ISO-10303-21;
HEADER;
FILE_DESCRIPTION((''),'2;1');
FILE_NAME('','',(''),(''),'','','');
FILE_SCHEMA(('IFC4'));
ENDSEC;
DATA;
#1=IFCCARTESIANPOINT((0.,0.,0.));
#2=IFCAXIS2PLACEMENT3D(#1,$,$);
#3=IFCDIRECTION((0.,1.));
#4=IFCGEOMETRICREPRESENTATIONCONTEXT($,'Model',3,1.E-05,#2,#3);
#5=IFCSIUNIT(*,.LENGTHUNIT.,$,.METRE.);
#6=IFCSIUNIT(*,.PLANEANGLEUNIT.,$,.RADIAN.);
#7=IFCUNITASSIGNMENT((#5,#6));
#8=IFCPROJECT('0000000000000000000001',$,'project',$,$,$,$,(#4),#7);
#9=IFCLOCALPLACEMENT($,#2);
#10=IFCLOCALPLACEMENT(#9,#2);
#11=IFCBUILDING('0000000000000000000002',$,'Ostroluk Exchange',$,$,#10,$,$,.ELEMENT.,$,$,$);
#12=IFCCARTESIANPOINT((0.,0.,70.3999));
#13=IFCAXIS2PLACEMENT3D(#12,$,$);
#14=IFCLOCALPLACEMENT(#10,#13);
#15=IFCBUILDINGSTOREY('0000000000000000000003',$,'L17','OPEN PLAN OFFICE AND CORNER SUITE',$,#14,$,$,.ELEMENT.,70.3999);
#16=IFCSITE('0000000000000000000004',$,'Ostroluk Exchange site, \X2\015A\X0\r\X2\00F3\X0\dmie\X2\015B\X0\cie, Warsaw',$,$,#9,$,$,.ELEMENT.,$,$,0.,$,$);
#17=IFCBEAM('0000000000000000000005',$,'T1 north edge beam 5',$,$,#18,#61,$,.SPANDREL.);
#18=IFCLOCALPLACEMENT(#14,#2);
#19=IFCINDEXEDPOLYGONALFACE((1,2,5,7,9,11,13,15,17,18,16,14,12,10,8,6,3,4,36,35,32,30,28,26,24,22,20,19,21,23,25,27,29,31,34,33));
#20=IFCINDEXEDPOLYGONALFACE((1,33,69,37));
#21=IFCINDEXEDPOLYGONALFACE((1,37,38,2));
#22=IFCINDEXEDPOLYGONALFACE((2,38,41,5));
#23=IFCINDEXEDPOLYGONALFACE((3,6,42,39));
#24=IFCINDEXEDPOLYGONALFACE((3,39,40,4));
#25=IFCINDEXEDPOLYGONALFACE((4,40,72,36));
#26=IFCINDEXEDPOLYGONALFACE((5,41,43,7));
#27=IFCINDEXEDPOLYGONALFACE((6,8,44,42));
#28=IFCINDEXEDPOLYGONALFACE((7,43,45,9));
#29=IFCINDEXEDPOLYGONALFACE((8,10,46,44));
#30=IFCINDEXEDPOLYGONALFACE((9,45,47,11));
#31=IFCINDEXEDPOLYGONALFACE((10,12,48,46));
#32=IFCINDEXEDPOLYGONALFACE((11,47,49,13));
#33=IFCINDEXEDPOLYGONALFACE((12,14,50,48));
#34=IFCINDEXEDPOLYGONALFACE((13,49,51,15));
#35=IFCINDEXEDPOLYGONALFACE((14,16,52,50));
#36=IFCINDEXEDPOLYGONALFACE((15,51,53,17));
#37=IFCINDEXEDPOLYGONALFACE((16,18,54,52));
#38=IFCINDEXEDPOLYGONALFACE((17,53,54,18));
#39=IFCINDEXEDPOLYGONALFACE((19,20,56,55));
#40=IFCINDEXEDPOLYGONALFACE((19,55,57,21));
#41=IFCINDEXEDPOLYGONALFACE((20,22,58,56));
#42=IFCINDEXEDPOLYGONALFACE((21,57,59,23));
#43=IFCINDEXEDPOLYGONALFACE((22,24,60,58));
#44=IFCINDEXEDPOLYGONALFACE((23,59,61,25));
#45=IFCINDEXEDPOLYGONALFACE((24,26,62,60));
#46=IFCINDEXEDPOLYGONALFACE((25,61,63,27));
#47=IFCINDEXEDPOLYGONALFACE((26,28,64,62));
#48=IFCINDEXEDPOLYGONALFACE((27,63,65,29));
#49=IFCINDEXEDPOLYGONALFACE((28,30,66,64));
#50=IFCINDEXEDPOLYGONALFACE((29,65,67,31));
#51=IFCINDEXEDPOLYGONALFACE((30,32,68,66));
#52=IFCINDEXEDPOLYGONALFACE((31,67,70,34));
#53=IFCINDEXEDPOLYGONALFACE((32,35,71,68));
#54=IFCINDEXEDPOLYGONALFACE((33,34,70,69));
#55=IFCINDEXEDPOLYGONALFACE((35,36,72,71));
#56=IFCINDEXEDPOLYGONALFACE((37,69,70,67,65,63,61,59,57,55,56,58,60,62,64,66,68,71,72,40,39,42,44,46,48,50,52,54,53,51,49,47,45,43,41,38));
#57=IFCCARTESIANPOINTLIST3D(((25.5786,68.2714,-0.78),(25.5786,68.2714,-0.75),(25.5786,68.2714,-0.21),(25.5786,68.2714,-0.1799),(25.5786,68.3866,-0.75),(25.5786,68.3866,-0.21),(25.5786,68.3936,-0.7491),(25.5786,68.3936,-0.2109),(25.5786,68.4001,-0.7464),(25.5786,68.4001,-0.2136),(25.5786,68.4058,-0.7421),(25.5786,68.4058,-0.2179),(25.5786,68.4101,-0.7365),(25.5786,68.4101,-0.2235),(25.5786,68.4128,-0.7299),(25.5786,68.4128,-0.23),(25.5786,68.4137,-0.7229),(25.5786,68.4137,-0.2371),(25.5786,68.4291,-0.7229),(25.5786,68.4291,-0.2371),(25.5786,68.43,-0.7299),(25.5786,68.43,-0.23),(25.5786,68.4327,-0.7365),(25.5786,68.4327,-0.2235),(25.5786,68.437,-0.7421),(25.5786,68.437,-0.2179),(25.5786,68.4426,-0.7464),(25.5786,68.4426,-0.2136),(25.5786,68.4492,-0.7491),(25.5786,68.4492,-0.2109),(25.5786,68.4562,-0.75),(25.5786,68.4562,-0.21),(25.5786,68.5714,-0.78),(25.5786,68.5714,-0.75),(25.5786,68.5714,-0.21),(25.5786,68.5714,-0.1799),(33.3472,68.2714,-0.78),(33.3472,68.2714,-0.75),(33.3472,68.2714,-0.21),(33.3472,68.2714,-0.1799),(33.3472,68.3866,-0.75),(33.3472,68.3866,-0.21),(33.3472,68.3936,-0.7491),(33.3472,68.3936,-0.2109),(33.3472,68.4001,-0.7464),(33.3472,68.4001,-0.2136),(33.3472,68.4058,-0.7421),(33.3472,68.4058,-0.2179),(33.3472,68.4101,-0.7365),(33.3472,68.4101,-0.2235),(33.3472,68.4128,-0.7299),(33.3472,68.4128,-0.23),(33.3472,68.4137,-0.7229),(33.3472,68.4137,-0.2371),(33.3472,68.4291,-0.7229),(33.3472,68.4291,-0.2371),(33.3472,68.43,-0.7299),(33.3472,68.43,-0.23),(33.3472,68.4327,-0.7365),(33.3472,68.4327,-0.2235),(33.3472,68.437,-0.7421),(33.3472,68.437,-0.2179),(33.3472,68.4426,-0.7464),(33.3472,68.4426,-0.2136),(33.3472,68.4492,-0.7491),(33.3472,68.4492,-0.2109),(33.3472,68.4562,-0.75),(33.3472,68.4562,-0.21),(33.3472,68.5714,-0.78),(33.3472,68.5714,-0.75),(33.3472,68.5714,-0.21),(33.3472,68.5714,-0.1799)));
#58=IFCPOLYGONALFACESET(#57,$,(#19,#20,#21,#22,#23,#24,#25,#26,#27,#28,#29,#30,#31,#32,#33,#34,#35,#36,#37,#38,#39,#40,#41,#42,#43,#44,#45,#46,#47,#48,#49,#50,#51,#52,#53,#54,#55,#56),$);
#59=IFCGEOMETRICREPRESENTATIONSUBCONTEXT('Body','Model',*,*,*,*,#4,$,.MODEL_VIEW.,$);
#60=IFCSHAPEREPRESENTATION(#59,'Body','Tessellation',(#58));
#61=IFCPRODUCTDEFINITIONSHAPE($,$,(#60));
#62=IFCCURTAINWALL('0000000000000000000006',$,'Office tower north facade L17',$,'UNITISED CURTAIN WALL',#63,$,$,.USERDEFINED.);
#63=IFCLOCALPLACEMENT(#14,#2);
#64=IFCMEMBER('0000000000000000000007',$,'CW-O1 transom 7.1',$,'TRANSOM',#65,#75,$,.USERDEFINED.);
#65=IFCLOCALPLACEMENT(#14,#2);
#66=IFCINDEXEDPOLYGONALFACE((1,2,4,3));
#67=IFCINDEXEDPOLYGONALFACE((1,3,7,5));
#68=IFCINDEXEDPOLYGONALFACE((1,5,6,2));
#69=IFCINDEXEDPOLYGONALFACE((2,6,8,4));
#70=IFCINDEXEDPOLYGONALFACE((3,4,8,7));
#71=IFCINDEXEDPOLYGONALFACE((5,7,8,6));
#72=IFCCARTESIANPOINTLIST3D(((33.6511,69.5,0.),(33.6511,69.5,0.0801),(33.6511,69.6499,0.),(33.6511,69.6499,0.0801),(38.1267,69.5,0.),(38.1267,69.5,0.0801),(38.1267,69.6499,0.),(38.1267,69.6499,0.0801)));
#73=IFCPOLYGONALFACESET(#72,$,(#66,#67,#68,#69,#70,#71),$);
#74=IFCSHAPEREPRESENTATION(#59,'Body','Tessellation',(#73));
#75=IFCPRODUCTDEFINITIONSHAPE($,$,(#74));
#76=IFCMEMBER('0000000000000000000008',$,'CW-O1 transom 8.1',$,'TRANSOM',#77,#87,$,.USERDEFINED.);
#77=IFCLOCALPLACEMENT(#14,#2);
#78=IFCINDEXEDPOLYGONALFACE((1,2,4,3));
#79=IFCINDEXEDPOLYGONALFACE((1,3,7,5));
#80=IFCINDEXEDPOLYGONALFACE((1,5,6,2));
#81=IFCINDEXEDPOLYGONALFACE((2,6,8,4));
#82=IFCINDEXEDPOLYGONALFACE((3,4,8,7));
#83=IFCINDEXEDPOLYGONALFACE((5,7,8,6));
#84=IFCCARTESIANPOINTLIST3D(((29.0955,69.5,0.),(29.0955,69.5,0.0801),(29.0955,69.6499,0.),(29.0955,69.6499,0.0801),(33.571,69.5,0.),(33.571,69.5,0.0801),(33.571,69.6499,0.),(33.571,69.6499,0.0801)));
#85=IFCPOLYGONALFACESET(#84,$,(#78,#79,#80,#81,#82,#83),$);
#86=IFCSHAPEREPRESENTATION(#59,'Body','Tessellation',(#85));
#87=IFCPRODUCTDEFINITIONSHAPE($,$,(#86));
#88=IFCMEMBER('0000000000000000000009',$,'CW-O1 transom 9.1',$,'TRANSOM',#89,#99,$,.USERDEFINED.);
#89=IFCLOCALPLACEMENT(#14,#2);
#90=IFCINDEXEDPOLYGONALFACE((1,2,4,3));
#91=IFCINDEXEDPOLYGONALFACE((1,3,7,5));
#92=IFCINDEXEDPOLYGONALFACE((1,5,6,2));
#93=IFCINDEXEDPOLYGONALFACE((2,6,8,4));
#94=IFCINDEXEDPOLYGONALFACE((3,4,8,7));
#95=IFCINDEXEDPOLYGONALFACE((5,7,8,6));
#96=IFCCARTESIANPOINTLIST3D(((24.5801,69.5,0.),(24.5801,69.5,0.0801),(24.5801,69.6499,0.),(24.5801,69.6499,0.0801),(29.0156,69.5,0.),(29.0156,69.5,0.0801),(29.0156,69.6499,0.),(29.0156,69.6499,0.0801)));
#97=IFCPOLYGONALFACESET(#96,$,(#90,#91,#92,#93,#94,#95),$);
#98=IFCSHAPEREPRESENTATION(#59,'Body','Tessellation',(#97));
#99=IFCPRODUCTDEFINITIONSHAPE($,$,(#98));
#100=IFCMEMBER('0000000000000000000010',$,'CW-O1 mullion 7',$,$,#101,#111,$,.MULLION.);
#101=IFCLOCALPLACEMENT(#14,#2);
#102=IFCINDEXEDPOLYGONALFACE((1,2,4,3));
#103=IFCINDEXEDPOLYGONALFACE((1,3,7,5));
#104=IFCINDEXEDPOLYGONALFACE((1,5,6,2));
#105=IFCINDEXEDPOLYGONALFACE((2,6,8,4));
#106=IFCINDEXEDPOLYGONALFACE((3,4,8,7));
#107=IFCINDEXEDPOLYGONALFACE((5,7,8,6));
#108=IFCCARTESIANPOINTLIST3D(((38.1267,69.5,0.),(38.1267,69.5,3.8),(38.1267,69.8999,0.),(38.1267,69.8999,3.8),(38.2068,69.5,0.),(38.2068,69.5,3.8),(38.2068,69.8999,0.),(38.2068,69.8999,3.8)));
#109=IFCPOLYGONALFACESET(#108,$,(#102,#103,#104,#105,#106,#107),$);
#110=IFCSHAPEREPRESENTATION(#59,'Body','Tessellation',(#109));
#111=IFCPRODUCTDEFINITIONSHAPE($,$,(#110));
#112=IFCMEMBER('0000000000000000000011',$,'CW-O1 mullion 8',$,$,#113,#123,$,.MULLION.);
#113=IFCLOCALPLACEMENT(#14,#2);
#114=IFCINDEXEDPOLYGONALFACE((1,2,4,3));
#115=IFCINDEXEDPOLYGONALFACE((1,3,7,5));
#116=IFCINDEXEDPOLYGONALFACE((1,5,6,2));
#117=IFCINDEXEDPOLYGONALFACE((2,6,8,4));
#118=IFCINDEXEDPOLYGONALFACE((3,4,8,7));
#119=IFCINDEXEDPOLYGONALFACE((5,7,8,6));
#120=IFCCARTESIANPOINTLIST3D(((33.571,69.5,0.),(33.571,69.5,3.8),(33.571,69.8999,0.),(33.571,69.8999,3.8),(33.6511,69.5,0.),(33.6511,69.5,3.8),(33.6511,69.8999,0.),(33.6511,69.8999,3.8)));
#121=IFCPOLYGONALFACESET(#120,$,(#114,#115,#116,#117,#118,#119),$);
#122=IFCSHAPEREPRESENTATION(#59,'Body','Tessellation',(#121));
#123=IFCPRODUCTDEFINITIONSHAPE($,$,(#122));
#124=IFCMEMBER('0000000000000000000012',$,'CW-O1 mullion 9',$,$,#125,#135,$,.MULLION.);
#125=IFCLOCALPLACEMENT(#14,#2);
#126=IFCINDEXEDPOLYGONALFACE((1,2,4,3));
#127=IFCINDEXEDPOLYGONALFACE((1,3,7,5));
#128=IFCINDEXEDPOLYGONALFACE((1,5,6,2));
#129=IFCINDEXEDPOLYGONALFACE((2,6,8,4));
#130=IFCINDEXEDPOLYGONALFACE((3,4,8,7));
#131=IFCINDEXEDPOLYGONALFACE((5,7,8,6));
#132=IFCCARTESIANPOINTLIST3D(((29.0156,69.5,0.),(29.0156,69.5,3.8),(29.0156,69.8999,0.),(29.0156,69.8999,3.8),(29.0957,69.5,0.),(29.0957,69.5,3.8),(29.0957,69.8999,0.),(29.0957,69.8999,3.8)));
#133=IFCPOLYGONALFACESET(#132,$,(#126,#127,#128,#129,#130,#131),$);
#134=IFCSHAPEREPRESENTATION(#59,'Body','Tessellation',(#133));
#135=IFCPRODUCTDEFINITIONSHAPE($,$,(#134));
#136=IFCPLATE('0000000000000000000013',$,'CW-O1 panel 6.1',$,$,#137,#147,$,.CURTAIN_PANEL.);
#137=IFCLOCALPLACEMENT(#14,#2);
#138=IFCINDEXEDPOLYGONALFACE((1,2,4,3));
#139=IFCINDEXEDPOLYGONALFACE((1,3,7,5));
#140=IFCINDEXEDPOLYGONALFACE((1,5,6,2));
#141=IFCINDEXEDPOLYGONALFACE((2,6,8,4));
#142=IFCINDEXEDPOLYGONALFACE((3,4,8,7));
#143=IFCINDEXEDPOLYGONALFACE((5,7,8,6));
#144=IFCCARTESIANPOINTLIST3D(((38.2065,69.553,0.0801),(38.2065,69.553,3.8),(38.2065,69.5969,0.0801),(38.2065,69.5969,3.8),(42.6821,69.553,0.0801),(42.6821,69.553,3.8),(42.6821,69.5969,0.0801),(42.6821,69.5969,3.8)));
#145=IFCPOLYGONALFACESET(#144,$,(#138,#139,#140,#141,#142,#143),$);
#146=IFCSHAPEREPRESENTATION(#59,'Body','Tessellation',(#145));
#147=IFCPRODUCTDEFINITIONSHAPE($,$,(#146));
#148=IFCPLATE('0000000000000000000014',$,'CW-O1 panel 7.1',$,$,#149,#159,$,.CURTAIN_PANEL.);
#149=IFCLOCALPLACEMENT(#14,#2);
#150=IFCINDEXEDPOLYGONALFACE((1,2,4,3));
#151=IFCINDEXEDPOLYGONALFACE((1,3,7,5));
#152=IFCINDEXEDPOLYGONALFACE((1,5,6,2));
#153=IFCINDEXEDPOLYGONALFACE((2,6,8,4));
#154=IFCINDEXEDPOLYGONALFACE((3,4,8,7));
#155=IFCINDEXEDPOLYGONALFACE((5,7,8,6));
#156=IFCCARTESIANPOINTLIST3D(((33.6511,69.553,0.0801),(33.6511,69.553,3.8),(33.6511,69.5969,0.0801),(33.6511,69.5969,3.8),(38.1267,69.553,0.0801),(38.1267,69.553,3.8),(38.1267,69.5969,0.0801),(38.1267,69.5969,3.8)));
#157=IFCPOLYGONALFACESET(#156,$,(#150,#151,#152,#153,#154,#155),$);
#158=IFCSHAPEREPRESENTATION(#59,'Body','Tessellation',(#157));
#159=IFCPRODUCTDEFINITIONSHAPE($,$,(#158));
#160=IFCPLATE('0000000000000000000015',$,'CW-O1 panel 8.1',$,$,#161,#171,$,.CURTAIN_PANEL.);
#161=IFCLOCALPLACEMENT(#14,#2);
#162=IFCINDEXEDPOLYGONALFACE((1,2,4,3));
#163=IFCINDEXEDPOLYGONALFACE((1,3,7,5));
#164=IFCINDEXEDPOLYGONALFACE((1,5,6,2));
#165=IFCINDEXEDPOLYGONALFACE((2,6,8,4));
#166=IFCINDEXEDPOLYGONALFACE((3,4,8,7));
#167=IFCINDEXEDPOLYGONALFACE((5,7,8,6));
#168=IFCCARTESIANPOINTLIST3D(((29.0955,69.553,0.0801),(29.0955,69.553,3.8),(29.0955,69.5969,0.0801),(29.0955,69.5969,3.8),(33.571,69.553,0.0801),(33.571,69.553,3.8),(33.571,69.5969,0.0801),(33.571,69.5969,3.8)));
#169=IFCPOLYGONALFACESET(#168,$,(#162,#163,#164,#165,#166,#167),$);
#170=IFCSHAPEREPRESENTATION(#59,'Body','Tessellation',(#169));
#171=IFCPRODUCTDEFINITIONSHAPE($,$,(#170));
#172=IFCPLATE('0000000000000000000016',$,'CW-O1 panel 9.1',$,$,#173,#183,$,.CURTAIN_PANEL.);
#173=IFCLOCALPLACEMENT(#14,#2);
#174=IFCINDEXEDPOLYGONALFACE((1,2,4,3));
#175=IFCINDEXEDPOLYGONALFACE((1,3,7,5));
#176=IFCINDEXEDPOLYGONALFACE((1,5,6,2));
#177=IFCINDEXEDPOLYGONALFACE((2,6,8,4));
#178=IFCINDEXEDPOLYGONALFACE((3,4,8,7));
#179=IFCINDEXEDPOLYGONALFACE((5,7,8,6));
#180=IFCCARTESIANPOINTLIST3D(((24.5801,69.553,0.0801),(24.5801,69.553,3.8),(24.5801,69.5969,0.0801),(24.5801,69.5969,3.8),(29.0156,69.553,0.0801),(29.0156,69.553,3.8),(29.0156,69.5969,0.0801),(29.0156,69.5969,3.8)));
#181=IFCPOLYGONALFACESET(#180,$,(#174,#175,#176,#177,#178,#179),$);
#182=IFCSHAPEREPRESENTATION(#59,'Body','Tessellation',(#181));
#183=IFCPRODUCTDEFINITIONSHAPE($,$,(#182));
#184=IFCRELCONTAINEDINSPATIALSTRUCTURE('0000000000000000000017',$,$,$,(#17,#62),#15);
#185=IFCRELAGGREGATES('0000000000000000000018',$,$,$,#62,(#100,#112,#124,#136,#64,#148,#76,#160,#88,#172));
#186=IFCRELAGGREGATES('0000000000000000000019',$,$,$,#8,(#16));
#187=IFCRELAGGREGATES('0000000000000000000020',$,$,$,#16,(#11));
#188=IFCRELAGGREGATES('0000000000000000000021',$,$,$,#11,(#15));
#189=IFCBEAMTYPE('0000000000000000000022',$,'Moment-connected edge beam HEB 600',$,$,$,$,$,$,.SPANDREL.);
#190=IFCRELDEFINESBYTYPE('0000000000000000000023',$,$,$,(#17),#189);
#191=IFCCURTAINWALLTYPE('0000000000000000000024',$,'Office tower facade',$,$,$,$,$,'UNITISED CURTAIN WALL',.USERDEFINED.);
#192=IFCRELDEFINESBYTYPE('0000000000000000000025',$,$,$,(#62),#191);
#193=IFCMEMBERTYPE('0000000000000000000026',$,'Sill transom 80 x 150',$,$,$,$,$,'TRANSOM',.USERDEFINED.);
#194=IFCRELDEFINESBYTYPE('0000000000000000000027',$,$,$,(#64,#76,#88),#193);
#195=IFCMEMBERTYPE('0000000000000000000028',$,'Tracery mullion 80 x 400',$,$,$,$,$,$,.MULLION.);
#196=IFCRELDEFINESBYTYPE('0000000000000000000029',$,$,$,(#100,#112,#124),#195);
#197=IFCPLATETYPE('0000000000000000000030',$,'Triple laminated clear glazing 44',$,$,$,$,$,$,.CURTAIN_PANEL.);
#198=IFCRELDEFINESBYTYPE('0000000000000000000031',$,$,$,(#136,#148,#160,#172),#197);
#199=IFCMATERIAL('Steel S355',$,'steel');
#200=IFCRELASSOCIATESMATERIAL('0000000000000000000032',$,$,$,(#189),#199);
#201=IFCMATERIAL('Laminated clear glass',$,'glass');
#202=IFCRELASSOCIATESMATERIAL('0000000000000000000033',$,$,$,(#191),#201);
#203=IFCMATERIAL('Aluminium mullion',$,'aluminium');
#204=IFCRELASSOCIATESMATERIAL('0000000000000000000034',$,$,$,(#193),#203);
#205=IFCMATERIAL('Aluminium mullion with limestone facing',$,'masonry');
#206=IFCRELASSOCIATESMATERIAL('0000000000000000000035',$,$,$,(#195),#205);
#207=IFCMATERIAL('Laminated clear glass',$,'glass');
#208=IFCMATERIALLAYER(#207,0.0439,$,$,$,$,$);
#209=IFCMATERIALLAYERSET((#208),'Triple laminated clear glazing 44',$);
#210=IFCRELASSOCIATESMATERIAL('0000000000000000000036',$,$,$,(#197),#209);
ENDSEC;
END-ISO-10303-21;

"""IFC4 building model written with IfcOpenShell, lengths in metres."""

from ifc_helpers import new_model, si_unit, direction, frame, origin, origin_2d, place, context, subcontext, project, spatial, rectangle, i_section, extrude, material, layer, layer_set, material_profile, profile_set, type_object, element, aggregate, save


model = new_model("IFC4")

# Units and contexts
model_context = context("Model", 3, precision=1e-05, world=origin(), true_north=direction((0.0, 1.0)))
body_context = subcontext(model_context, "Body", "Model", "MODEL_VIEW")
ifc_project = project(units=[si_unit("LENGTHUNIT", "METRE"), si_unit("PLANEANGLEUNIT", "RADIAN")], contexts=[model_context])

# Site, building, storey
site_placement = place(None, origin())
site = spatial("IfcSite", under=ifc_project, at=site_placement, Name="Ostroluk Exchange site, Śródmieście, Warsaw", CompositionType="ELEMENT", RefElevation=0.0)
building_placement = place(site_placement, origin())
building = spatial("IfcBuilding", under=site, at=building_placement, Name="Ostroluk Exchange", CompositionType="ELEMENT")
storey_placement = place(building_placement, frame((0.0, 0.0, 70.3999)))
storey = spatial("IfcBuildingStorey", under=building, at=storey_placement, Name="L17", Description="OPEN PLAN OFFICE AND CORNER SUITE", CompositionType="ELEMENT", Elevation=70.3999)

# Beam
ifc_material_1 = material(Name="Steel S355", Category="steel")
ifc_material_profile_1 = material_profile(ifc_material_1, i_section(OverallWidth=0.3, OverallDepth=0.6001, WebThickness=0.0154, FlangeThickness=0.03, FilletRadius=0.0271, at=origin_2d()), Name="HEB 600")
ifc_profile_set_1 = profile_set([ifc_material_profile_1], Name="Steel S355")
beam_type_1 = type_object("IfcBeamType", Name="Moment-connected edge beam HEB 600", PredefinedType="SPANDREL", material=ifc_profile_set_1)
beam_1_placement = place(storey_placement, frame((33.3472, 68.4214, -0.48), z_axis=(-1.0, 0.0, 0.0), x_axis=(0.0, -1.0, 0.0)))
element("IfcBeam", 1, at=beam_1_placement, inside=storey, type_object=beam_type_1, Name="T1 north edge beam 5", PredefinedType="SPANDREL", context=body_context, shape_type="SweptSolid", body=[
    extrude(i_section(OverallWidth=0.3, OverallDepth=0.6001, WebThickness=0.0154, FlangeThickness=0.03, FilletRadius=0.0271, at=origin_2d()), origin(), (0.0, 0.0, 1.0), 7.7686),
])

# Curtain wall, members, plates
ifc_material_2 = material(Name="Laminated clear glass", Category="glass")
curtain_wall_type = type_object("IfcCurtainWallType", Name="Office tower facade", ElementType="UNITISED CURTAIN WALL", PredefinedType="USERDEFINED", material=ifc_material_2)
curtain_wall_placement = place(storey_placement, origin())
curtain_wall = element("IfcCurtainWall", 2, at=curtain_wall_placement, inside=storey, type_object=curtain_wall_type, Name="Office tower north facade L17", ObjectType="UNITISED CURTAIN WALL", PredefinedType="USERDEFINED")
ifc_material_3 = material(Name="Aluminium mullion", Category="aluminium")
ifc_material_profile_2 = material_profile(ifc_material_3, rectangle(XDim=0.1499, YDim=0.0801, at=origin_2d()), Name="Sill transom 80 x 150")
ifc_profile_set_2 = profile_set([ifc_material_profile_2], Name="Aluminium mullion")
member_type_1 = type_object("IfcMemberType", Name="Sill transom 80 x 150", ElementType="TRANSOM", PredefinedType="USERDEFINED", material=ifc_profile_set_2)
member_1_placement = place(storey_placement, frame((38.1267, 69.575, 0.04), z_axis=(-1.0, 0.0, 0.0), x_axis=(0.0, -1.0, 0.0)))
member_1 = element("IfcMember", 3, at=member_1_placement, type_object=member_type_1, Name="CW-O1 transom 7.1", ObjectType="TRANSOM", PredefinedType="USERDEFINED", context=body_context, shape_type="SweptSolid", body=[
    extrude(rectangle(XDim=0.1499, YDim=0.0801, at=origin_2d()), origin(), (0.0, 0.0, 1.0), 4.4756),
])
member_2_placement = place(storey_placement, frame((33.571, 69.575, 0.04), z_axis=(-1.0, 0.0, 0.0), x_axis=(0.0, -1.0, 0.0)))
member_2 = element("IfcMember", 4, at=member_2_placement, type_object=member_type_1, Name="CW-O1 transom 8.1", ObjectType="TRANSOM", PredefinedType="USERDEFINED", context=body_context, shape_type="SweptSolid", body=[
    extrude(rectangle(XDim=0.1499, YDim=0.0801, at=origin_2d()), origin(), (0.0, 0.0, 1.0), 4.4756),
])
member_3_placement = place(storey_placement, frame((29.0156, 69.575, 0.04), z_axis=(-1.0, 0.0, 0.0), x_axis=(0.0, -1.0, 0.0)))
member_3 = element("IfcMember", 5, at=member_3_placement, type_object=member_type_1, Name="CW-O1 transom 9.1", ObjectType="TRANSOM", PredefinedType="USERDEFINED", context=body_context, shape_type="SweptSolid", body=[
    extrude(rectangle(XDim=0.1499, YDim=0.0801, at=origin_2d()), origin(), (0.0, 0.0, 1.0), 4.4355),
])
ifc_material_4 = material(Name="Aluminium mullion with limestone facing", Category="masonry")
ifc_material_profile_3 = material_profile(ifc_material_4, rectangle(XDim=0.3999, YDim=0.0801, at=origin_2d()), Name="Tracery mullion 80 x 400")
ifc_profile_set_3 = profile_set([ifc_material_profile_3], Name="Aluminium mullion with limestone facing")
member_type_2 = type_object("IfcMemberType", Name="Tracery mullion 80 x 400", PredefinedType="MULLION", material=ifc_profile_set_3)
member_4_placement = place(storey_placement, frame((38.1667, 69.7, 0.0), z_axis=(0.0, 0.0, 1.0), x_axis=(0.0, -1.0, 0.0)))
member_4 = element("IfcMember", 6, at=member_4_placement, type_object=member_type_2, Name="CW-O1 mullion 7", PredefinedType="MULLION", context=body_context, shape_type="SweptSolid", body=[
    extrude(rectangle(XDim=0.3999, YDim=0.0801, at=origin_2d()), origin(), (0.0, 0.0, 1.0), 3.8),
])
member_5_placement = place(storey_placement, frame((33.6111, 69.7, 0.0), z_axis=(0.0, 0.0, 1.0), x_axis=(0.0, -1.0, 0.0)))
member_5 = element("IfcMember", 7, at=member_5_placement, type_object=member_type_2, Name="CW-O1 mullion 8", PredefinedType="MULLION", context=body_context, shape_type="SweptSolid", body=[
    extrude(rectangle(XDim=0.3999, YDim=0.0801, at=origin_2d()), origin(), (0.0, 0.0, 1.0), 3.8),
])
member_6_placement = place(storey_placement, frame((29.0557, 69.7, 0.0), z_axis=(0.0, 0.0, 1.0), x_axis=(0.0, -1.0, 0.0)))
member_6 = element("IfcMember", 8, at=member_6_placement, type_object=member_type_2, Name="CW-O1 mullion 9", PredefinedType="MULLION", context=body_context, shape_type="SweptSolid", body=[
    extrude(rectangle(XDim=0.3999, YDim=0.0801, at=origin_2d()), origin(), (0.0, 0.0, 1.0), 3.8),
])
ifc_material_5 = material(Name="Laminated clear glass", Category="glass")
ifc_layer_1 = layer(ifc_material_5, 0.0439)
ifc_layer_set_1 = layer_set([ifc_layer_1], Name="Triple laminated clear glazing 44")
plate_type = type_object("IfcPlateType", Name="Triple laminated clear glazing 44", PredefinedType="CURTAIN_PANEL", material=ifc_layer_set_1)
plate_1_placement = place(storey_placement, frame((40.4443, 69.575, 0.0801), z_axis=(0.0, 0.0, 1.0), x_axis=(-1.0, 0.0, 0.0)))
plate_1 = element("IfcPlate", 9, at=plate_1_placement, type_object=plate_type, Name="CW-O1 panel 6.1", PredefinedType="CURTAIN_PANEL", context=body_context, shape_type="SweptSolid", body=[
    extrude(rectangle(XDim=4.4756, YDim=0.0439, at=origin_2d()), origin(), (0.0, 0.0, 1.0), 3.72),
])
plate_2_placement = place(storey_placement, frame((35.8889, 69.575, 0.0801), z_axis=(0.0, 0.0, 1.0), x_axis=(-1.0, 0.0, 0.0)))
plate_2 = element("IfcPlate", 10, at=plate_2_placement, type_object=plate_type, Name="CW-O1 panel 7.1", PredefinedType="CURTAIN_PANEL", context=body_context, shape_type="SweptSolid", body=[
    extrude(rectangle(XDim=4.4756, YDim=0.0439, at=origin_2d()), origin(), (0.0, 0.0, 1.0), 3.72),
])
plate_3_placement = place(storey_placement, frame((31.3333, 69.575, 0.0801), z_axis=(0.0, 0.0, 1.0), x_axis=(-1.0, 0.0, 0.0)))
plate_3 = element("IfcPlate", 11, at=plate_3_placement, type_object=plate_type, Name="CW-O1 panel 8.1", PredefinedType="CURTAIN_PANEL", context=body_context, shape_type="SweptSolid", body=[
    extrude(rectangle(XDim=4.4756, YDim=0.0439, at=origin_2d()), origin(), (0.0, 0.0, 1.0), 3.72),
])
plate_4_placement = place(storey_placement, frame((26.7979, 69.575, 0.0801), z_axis=(0.0, 0.0, 1.0), x_axis=(-1.0, 0.0, 0.0)))
plate_4 = element("IfcPlate", 12, at=plate_4_placement, type_object=plate_type, Name="CW-O1 panel 9.1", PredefinedType="CURTAIN_PANEL", context=body_context, shape_type="SweptSolid", body=[
    extrude(rectangle(XDim=4.4355, YDim=0.0439, at=origin_2d()), origin(), (0.0, 0.0, 1.0), 3.72),
])
aggregate(curtain_wall, [member_4, member_5, member_6, plate_1, member_1, plate_2, member_2, plate_3, member_3, plate_4])

save(model, "model.ifc")
